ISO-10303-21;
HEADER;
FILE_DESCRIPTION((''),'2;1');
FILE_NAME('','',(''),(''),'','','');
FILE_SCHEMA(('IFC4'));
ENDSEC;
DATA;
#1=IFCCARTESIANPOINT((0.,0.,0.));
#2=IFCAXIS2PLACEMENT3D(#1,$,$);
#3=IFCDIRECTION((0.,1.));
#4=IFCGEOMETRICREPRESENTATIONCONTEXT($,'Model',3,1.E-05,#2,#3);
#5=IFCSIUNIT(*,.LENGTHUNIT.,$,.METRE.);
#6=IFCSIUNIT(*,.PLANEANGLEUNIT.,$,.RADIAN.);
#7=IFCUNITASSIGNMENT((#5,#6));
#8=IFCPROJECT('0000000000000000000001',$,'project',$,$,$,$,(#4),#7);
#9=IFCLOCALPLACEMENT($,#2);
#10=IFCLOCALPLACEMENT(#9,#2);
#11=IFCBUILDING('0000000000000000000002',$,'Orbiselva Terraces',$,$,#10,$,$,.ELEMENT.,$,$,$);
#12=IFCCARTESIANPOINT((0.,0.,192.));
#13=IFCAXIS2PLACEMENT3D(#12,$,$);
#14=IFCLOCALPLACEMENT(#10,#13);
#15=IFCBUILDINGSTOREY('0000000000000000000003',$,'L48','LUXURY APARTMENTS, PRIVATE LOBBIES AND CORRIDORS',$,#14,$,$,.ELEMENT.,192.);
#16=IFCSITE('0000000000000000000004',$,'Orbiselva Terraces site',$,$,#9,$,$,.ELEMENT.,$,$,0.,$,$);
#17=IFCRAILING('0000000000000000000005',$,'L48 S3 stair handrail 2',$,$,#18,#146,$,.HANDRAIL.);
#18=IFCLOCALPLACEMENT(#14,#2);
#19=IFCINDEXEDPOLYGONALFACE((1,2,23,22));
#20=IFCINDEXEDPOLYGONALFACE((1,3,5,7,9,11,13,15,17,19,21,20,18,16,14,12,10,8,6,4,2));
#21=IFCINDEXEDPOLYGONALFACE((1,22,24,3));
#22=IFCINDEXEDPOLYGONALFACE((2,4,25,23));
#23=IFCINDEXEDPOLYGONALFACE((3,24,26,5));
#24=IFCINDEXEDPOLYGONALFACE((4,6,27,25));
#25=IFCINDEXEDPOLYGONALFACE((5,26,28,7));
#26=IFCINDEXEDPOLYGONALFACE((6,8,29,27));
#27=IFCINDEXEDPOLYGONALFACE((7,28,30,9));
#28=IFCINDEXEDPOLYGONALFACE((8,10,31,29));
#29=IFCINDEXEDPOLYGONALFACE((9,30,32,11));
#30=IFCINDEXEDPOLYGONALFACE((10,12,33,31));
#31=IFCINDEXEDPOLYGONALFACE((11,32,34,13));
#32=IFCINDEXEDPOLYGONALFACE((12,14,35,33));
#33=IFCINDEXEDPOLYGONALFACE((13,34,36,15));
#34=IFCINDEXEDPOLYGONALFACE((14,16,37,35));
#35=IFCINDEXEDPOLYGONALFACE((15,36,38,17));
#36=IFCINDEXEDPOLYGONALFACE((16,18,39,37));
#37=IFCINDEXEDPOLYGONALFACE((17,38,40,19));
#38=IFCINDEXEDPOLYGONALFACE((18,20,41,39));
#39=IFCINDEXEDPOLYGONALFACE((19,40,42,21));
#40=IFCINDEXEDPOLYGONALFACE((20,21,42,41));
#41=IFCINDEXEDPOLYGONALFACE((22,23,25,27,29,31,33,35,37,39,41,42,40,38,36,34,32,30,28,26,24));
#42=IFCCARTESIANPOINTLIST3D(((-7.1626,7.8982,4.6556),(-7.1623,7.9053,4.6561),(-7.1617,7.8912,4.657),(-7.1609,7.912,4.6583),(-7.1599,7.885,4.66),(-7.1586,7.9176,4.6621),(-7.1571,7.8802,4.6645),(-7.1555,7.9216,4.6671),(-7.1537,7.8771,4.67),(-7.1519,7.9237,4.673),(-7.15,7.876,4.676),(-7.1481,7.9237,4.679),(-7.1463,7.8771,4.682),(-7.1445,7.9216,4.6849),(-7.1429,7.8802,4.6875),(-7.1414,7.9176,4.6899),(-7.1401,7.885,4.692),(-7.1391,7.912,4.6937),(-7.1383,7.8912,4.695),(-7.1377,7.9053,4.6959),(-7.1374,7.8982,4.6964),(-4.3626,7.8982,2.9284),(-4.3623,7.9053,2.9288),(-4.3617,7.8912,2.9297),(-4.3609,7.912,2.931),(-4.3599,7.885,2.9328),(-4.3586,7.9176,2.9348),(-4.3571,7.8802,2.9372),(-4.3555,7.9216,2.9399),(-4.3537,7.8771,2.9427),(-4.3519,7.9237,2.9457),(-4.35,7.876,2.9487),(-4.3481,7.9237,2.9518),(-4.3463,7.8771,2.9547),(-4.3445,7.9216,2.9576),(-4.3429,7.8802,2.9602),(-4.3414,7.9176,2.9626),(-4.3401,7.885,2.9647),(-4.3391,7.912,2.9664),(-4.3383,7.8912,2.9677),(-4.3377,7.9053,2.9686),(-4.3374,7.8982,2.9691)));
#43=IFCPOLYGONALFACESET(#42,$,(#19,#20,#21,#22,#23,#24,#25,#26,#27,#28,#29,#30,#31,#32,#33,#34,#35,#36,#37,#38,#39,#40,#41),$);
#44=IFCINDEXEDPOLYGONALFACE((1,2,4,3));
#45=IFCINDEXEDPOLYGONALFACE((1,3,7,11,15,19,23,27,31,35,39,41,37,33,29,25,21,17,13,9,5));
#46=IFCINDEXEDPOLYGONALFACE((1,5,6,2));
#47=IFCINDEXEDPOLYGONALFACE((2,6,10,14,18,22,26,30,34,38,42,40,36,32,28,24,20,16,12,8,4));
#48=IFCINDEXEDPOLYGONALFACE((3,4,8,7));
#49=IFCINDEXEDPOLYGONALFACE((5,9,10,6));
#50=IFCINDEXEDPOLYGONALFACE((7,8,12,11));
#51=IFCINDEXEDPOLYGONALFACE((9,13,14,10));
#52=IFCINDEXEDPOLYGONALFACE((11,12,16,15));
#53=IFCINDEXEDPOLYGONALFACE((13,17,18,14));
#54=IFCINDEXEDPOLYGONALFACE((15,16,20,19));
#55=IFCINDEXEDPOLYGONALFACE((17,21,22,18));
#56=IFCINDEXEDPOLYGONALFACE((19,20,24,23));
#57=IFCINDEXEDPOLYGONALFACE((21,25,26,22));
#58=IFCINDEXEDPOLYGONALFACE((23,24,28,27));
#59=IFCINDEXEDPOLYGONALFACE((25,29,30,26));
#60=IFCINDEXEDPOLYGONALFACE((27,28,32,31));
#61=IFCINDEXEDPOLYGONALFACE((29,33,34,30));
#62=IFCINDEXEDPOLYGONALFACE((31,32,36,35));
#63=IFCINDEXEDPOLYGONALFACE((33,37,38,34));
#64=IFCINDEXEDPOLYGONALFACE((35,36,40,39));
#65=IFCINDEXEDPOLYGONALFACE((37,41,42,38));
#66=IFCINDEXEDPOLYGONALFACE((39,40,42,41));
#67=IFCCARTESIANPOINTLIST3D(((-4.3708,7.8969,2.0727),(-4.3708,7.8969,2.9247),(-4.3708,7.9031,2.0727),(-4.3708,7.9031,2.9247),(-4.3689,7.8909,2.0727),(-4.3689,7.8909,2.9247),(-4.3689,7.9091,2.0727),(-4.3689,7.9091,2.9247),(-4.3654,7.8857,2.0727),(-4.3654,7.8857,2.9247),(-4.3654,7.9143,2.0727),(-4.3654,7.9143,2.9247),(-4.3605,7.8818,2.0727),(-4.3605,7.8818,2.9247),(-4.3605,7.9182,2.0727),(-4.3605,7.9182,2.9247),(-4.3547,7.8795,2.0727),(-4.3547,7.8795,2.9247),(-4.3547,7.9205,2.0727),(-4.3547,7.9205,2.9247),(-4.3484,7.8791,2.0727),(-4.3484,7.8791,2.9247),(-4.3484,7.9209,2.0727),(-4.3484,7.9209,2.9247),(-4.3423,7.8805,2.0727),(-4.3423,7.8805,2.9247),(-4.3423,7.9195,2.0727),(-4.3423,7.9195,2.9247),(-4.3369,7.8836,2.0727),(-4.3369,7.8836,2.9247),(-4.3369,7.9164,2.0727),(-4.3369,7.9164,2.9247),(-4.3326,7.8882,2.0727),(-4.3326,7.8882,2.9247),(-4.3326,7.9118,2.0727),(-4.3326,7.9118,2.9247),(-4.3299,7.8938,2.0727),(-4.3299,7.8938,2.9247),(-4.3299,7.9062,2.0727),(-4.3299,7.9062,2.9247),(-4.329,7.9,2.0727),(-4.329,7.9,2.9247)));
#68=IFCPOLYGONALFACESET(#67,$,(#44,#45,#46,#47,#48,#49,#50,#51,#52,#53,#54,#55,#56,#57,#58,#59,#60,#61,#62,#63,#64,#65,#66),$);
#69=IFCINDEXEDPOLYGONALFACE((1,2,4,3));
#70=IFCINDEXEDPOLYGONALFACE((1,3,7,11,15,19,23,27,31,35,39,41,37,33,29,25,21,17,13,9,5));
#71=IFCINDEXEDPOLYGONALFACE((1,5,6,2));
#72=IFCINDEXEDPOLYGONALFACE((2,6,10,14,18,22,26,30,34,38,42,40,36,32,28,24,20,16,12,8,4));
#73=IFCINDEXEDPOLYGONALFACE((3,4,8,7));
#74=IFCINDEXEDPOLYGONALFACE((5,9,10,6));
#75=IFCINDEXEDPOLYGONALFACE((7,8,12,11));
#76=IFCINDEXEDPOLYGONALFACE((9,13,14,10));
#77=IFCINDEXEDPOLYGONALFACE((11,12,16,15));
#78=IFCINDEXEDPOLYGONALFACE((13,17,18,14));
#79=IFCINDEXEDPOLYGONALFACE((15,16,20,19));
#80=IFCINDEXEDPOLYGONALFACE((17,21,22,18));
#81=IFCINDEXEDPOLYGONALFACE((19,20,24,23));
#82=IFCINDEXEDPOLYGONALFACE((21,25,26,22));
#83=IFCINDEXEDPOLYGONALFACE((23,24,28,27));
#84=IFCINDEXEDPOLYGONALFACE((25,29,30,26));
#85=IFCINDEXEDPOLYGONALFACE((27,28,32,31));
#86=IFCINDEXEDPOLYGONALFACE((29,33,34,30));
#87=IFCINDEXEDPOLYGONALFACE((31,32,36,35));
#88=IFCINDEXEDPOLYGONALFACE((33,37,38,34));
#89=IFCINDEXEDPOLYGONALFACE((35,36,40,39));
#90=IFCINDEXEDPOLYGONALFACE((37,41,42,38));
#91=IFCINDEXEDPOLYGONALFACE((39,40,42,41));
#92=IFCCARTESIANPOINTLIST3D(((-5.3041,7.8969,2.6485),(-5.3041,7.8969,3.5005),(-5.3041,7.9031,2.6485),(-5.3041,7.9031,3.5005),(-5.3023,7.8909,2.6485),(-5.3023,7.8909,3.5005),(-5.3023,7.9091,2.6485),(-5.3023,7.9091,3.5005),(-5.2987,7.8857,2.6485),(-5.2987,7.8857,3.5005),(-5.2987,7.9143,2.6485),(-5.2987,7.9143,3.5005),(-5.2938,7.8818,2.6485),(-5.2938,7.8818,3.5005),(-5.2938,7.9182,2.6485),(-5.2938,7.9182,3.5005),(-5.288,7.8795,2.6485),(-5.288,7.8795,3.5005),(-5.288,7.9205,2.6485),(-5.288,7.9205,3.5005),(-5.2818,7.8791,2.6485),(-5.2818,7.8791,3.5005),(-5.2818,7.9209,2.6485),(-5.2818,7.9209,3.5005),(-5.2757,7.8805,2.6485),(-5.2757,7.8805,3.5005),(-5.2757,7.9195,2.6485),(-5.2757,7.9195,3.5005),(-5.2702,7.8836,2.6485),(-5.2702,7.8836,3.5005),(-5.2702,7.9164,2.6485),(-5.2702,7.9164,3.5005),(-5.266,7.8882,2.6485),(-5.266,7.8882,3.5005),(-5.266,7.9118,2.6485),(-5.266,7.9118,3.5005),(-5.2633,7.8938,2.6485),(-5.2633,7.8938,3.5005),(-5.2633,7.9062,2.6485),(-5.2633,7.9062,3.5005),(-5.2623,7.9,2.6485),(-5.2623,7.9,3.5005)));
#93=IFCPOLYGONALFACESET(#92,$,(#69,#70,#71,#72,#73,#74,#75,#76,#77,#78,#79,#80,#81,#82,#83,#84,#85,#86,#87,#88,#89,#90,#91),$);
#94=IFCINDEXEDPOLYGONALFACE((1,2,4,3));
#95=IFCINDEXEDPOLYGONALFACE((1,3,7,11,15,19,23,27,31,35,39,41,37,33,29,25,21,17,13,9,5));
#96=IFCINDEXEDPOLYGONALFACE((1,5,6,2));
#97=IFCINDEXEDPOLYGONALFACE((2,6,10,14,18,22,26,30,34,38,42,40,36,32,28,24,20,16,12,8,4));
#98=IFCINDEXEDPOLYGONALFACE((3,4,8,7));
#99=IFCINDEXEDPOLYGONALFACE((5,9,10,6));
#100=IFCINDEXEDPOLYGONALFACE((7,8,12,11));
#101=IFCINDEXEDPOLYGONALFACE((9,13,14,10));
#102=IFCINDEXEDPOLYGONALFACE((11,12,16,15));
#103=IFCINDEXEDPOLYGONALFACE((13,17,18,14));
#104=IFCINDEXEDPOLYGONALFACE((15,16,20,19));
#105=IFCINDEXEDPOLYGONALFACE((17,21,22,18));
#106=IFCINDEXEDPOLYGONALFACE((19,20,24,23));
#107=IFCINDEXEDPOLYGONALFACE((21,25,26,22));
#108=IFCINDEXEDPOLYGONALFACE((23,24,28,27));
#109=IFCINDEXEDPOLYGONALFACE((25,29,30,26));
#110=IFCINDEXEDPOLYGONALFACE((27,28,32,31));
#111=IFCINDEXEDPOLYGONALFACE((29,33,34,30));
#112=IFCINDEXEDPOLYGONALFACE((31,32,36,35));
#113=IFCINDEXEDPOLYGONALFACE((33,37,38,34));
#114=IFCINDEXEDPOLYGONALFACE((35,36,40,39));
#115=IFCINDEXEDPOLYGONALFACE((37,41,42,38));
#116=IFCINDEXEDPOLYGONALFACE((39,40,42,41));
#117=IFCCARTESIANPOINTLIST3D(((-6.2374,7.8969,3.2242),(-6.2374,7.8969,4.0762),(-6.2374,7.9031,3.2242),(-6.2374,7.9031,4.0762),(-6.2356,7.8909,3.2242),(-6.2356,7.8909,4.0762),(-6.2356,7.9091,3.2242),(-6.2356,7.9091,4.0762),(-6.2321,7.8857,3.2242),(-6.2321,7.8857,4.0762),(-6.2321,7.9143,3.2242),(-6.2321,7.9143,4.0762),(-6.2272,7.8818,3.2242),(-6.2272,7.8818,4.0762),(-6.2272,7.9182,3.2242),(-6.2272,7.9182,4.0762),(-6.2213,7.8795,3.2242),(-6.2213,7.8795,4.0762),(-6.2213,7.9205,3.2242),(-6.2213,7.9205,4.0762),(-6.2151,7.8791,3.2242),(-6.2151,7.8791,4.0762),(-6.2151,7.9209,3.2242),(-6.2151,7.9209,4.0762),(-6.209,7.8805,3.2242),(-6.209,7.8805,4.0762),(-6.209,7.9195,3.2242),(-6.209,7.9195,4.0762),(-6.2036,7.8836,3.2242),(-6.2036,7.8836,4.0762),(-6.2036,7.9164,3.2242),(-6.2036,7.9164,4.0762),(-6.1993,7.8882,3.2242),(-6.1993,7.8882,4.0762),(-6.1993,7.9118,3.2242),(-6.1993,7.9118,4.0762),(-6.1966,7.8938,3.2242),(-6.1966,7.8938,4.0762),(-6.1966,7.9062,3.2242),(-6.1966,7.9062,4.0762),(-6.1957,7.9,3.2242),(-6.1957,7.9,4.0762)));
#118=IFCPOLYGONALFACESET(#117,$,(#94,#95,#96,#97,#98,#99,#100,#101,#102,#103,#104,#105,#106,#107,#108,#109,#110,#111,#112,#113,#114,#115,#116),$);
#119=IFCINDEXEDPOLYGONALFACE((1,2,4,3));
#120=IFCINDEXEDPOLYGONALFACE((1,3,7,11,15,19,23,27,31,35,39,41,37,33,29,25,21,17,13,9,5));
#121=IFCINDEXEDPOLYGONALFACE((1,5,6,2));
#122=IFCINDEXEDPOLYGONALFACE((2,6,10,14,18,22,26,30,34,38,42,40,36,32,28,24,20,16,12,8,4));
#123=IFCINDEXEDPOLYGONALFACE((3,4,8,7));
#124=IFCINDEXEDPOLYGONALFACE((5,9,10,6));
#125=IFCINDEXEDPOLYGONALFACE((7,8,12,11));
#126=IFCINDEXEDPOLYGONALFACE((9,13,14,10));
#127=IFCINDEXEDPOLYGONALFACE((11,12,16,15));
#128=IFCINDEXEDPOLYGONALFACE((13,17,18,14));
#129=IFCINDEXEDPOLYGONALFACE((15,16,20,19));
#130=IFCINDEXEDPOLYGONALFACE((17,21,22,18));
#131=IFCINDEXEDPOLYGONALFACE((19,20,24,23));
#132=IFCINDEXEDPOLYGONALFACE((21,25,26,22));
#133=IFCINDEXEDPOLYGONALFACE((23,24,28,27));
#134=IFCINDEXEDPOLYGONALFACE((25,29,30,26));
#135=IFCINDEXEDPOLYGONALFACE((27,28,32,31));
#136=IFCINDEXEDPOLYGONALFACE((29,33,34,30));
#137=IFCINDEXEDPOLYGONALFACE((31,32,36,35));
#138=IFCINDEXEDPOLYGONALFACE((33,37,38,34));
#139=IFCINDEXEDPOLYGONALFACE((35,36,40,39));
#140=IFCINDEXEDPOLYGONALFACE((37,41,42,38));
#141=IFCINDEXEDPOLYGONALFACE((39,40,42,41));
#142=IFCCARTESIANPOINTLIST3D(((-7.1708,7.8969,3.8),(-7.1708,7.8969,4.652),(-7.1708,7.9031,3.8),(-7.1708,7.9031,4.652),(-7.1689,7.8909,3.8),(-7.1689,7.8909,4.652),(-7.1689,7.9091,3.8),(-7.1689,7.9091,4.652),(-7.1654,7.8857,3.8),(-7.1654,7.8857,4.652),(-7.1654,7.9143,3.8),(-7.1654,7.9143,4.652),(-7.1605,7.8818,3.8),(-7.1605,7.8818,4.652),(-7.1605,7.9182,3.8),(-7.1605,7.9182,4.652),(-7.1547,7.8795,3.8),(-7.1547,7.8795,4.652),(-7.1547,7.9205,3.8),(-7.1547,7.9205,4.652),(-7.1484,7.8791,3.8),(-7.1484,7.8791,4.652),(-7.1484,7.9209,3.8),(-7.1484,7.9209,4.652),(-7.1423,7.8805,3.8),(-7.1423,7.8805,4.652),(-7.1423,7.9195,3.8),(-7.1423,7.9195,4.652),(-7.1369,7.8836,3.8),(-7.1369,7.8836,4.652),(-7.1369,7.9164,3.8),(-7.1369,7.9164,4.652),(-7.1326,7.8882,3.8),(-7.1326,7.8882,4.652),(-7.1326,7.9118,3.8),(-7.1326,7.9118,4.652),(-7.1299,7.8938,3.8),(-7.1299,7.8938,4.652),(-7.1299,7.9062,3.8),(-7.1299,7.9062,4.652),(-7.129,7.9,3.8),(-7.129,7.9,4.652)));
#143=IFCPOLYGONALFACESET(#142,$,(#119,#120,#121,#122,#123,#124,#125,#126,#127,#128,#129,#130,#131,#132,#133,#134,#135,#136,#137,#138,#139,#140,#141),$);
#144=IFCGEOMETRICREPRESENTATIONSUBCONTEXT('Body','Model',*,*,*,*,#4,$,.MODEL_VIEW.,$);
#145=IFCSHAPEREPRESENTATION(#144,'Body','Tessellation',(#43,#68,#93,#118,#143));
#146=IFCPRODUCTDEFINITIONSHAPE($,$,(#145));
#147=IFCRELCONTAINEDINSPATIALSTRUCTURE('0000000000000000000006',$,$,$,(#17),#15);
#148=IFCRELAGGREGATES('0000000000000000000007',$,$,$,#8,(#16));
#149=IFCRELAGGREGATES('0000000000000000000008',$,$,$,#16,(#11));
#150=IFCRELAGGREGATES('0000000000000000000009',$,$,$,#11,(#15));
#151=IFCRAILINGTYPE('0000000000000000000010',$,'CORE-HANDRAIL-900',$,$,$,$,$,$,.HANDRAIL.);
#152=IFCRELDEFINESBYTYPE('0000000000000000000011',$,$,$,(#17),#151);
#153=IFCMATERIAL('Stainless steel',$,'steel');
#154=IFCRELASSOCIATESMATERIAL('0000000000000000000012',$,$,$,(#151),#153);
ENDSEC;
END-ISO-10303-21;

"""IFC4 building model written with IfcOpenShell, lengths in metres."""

from ifc_helpers import new_model, si_unit, direction, frame, origin, origin_2d, place, context, subcontext, project, spatial, circle, extrude, material, type_object, element, save


model = new_model("IFC4")

# Units and contexts
model_context = context("Model", 3, precision=1e-05, world=origin(), true_north=direction((0.0, 1.0)))
body_context = subcontext(model_context, "Body", "Model", "MODEL_VIEW")
ifc_project = project(units=[si_unit("LENGTHUNIT", "METRE"), si_unit("PLANEANGLEUNIT", "RADIAN")], contexts=[model_context])

# Site, building, storey
site_placement = place(None, origin())
site = spatial("IfcSite", under=ifc_project, at=site_placement, Name="Orbiselva Terraces site", CompositionType="ELEMENT", RefElevation=0.0)
building_placement = place(site_placement, origin())
building = spatial("IfcBuilding", under=site, at=building_placement, Name="Orbiselva Terraces", CompositionType="ELEMENT")
storey_placement = place(building_placement, frame((0.0, 0.0, 192.0)))
storey = spatial("IfcBuildingStorey", under=building, at=storey_placement, Name="L48", Description="LUXURY APARTMENTS, PRIVATE LOBBIES AND CORRIDORS", CompositionType="ELEMENT", Elevation=192.0)

# Railing
ifc_material_1 = material(Name="Stainless steel", Category="steel")
railing_type_1 = type_object("IfcRailingType", Name="CORE-HANDRAIL-900", PredefinedType="HANDRAIL", material=ifc_material_1)
railing_1_placement = place(storey_placement, frame((-4.35, 7.9, 2.0727)))
element("IfcRailing", 1, at=railing_1_placement, inside=storey, type_object=railing_type_1, Name="L48 S3 stair handrail 2", PredefinedType="HANDRAIL", context=body_context, shape_type="SweptSolid", body=[
    extrude(circle(Radius=0.024, at=origin_2d()), frame((0.0, 0.0, 0.876), z_axis=(-0.851089, 0.0, 0.525022), x_axis=(0.0, -1.0, 0.0)), (0.0, 0.0, 1.0), 3.2899),
    extrude(circle(Radius=0.021, at=origin_2d()), origin(), (0.0, 0.0, 1.0), 0.852),
    extrude(circle(Radius=0.021, at=origin_2d()), frame((-0.9333, 0.0, 0.5758)), (0.0, 0.0, 1.0), 0.852),
    extrude(circle(Radius=0.021, at=origin_2d()), frame((-1.8667, 0.0, 1.1515)), (0.0, 0.0, 1.0), 0.852),
    extrude(circle(Radius=0.021, at=origin_2d()), frame((-2.8, 0.0, 1.7273)), (0.0, 0.0, 1.0), 0.852),
])

save(model, "model.ifc")
